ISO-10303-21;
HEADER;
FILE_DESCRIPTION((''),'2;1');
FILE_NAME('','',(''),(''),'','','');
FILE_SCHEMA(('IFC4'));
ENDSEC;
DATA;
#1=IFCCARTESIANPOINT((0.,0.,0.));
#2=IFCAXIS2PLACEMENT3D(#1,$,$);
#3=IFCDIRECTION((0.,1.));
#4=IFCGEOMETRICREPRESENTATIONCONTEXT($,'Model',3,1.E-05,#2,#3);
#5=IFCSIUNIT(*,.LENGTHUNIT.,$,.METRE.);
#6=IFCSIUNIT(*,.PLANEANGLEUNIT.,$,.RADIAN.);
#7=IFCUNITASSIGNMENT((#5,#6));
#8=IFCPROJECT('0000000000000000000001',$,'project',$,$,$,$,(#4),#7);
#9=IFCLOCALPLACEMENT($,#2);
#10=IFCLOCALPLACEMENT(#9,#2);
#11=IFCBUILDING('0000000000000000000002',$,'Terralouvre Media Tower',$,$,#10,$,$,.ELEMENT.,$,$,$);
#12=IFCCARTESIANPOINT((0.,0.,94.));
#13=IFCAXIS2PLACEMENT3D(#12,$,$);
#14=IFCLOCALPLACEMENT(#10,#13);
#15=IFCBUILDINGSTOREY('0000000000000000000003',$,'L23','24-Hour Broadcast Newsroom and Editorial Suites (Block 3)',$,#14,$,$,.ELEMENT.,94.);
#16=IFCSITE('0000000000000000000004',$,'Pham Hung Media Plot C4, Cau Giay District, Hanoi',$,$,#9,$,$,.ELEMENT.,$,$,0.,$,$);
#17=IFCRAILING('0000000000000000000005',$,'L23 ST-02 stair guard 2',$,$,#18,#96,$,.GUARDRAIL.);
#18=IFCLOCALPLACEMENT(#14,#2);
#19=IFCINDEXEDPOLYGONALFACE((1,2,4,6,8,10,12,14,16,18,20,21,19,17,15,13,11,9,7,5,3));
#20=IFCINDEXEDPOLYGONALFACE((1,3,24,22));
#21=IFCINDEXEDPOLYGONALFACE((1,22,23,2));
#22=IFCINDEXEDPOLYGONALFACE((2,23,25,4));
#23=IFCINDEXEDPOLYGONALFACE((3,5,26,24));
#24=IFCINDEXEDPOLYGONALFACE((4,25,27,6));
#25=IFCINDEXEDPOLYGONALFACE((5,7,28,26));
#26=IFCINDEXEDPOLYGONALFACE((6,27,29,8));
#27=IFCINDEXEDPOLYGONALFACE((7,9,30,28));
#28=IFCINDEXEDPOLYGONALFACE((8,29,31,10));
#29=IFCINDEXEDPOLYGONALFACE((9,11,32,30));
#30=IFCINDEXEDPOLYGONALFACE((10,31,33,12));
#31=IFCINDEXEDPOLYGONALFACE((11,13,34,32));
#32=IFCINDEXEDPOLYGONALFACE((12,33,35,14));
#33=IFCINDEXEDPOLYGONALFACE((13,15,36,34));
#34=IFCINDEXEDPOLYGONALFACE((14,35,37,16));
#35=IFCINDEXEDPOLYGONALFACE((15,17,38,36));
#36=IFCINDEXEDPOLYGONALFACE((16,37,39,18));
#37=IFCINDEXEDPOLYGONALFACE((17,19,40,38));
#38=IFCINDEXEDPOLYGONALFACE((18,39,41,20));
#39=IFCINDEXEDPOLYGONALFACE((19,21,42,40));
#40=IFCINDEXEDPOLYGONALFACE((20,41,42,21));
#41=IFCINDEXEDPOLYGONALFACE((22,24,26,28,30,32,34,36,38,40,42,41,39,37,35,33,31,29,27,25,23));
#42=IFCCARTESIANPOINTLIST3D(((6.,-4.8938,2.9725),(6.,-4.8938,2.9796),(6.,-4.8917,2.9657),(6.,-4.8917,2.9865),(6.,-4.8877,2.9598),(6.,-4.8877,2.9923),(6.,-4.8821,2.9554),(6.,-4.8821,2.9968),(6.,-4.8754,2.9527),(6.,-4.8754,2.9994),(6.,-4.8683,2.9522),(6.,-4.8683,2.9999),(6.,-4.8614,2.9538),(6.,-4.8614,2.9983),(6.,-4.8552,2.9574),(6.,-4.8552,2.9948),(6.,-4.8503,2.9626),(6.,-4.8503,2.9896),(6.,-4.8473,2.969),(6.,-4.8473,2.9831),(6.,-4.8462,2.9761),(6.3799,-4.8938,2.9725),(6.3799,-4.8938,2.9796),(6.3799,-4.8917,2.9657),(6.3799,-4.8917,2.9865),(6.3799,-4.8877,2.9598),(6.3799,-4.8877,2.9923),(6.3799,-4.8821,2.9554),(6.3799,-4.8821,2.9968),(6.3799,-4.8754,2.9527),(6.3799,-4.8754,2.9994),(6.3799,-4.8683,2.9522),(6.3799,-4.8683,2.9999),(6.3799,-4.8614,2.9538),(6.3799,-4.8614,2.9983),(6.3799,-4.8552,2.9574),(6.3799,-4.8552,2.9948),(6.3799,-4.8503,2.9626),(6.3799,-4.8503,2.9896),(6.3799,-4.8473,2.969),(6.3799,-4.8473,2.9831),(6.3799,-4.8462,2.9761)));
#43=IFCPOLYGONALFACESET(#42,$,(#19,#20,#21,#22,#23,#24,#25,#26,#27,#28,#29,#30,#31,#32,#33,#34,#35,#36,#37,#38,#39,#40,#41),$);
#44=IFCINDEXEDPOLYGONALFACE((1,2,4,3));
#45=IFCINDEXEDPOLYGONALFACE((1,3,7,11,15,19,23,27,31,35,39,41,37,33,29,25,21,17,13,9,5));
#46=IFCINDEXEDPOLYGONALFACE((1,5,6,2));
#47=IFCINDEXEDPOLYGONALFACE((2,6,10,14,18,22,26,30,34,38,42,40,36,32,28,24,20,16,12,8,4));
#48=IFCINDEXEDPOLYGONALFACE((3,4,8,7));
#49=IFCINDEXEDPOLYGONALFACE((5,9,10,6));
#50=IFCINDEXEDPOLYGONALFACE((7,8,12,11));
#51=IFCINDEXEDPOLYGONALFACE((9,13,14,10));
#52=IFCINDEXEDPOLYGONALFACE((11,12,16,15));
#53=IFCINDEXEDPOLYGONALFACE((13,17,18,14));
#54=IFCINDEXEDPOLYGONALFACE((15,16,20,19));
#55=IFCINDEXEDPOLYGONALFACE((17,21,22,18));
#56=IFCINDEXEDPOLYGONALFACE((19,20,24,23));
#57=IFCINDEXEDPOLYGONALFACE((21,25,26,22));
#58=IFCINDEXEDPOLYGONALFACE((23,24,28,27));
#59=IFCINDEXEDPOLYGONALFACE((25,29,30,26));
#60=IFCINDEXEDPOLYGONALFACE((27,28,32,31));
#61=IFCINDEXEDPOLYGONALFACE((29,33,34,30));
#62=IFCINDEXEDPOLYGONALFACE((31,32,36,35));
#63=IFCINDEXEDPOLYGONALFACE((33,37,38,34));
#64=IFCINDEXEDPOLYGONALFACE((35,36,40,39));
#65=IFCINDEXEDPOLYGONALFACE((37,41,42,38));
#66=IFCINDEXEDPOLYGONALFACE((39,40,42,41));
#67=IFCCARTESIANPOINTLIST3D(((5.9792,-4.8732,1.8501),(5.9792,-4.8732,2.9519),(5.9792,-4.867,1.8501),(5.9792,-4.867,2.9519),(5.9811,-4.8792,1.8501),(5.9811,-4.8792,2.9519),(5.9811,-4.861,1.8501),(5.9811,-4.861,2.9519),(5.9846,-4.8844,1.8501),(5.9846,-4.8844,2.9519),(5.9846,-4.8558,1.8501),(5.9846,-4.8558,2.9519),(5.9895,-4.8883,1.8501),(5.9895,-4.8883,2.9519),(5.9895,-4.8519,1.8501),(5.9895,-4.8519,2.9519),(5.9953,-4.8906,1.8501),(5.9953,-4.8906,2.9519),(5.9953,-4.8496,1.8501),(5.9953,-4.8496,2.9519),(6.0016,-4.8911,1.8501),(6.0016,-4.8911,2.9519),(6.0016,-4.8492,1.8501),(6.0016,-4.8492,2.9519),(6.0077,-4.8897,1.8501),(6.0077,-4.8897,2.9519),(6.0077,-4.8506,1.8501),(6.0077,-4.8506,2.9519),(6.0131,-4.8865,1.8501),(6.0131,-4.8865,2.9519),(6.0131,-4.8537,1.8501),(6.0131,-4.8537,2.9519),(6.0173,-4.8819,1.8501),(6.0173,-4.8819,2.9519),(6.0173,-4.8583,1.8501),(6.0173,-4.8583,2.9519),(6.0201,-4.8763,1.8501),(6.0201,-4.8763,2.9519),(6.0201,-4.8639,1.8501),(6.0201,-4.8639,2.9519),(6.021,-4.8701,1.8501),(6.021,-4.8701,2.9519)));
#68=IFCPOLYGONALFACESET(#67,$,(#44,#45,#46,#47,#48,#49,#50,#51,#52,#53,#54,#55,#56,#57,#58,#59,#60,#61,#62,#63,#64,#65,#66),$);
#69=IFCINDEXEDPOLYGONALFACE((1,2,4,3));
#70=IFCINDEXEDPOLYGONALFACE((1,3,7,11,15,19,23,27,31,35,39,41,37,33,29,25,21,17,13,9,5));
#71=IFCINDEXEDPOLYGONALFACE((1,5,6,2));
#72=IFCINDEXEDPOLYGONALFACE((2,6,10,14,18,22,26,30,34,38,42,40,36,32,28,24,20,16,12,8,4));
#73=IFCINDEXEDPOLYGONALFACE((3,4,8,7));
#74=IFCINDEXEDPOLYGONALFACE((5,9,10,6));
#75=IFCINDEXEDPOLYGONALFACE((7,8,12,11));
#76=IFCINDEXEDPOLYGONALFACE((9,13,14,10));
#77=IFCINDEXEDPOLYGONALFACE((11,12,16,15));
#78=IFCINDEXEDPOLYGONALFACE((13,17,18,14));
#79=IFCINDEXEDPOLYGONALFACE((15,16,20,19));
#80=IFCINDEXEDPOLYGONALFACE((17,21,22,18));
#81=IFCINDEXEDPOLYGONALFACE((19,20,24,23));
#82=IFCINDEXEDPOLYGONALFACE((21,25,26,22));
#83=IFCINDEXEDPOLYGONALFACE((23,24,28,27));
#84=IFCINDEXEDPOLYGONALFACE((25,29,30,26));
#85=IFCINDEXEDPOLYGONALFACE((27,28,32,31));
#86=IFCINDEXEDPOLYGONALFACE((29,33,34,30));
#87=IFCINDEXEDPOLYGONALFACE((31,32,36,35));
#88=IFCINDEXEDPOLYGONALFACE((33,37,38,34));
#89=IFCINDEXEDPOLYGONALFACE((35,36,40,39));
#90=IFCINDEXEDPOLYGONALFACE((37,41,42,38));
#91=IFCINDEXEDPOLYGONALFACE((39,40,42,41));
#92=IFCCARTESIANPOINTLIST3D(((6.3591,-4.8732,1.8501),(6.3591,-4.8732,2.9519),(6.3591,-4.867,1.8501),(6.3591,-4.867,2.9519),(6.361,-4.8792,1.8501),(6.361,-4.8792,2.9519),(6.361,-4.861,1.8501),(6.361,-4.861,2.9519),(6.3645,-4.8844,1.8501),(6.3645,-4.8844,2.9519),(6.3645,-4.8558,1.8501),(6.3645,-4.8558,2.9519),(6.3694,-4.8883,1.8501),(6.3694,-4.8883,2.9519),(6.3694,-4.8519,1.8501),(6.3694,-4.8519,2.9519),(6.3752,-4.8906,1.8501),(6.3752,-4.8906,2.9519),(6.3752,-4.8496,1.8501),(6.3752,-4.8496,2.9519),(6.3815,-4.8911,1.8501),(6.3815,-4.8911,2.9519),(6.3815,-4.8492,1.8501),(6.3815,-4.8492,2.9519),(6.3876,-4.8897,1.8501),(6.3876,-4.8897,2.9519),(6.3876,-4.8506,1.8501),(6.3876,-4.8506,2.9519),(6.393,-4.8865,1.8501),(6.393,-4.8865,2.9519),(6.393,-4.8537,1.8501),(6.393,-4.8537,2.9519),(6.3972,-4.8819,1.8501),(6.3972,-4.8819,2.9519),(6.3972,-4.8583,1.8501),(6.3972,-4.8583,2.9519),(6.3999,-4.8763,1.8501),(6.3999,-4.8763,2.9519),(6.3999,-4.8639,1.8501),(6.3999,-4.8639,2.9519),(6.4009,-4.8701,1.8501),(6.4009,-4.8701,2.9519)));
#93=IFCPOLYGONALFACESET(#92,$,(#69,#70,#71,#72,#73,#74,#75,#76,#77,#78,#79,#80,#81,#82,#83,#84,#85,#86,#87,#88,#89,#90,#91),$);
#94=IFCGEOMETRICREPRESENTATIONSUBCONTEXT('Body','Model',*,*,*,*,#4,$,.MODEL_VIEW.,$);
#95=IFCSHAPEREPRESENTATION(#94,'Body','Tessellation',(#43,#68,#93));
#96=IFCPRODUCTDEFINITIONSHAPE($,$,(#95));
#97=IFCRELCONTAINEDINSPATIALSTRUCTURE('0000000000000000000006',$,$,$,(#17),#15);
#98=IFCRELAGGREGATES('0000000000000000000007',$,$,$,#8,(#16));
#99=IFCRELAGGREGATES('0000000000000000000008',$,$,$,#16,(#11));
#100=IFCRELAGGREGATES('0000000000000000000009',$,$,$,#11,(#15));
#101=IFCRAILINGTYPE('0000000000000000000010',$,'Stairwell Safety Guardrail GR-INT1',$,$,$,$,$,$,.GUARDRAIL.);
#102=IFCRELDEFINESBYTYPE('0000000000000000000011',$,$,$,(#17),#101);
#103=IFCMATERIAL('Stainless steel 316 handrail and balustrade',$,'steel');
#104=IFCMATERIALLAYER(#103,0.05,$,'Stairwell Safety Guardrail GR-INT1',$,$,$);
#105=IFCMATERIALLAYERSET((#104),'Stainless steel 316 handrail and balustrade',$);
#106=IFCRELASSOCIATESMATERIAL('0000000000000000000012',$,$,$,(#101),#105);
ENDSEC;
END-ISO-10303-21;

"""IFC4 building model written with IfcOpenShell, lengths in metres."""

from ifc_helpers import new_model, si_unit, direction, frame, origin, origin_2d, place, context, subcontext, project, spatial, circle, extrude, material, layer, layer_set, type_object, element, save


model = new_model("IFC4")

# Units and contexts
model_context = context("Model", 3, precision=1e-05, world=origin(), true_north=direction((0.0, 1.0)))
body_context = subcontext(model_context, "Body", "Model", "MODEL_VIEW")
ifc_project = project(units=[si_unit("LENGTHUNIT", "METRE"), si_unit("PLANEANGLEUNIT", "RADIAN")], contexts=[model_context])

# Site, building, storey
site_placement = place(None, origin())
site = spatial("IfcSite", under=ifc_project, at=site_placement, Name="Pham Hung Media Plot C4, Cau Giay District, Hanoi", CompositionType="ELEMENT", RefElevation=0.0)
building_placement = place(site_placement, origin())
building = spatial("IfcBuilding", under=site, at=building_placement, Name="Terralouvre Media Tower", CompositionType="ELEMENT")
storey_placement = place(building_placement, frame((0.0, 0.0, 94.0)))
storey = spatial("IfcBuildingStorey", under=building, at=storey_placement, Name="L23", Description="24-Hour Broadcast Newsroom and Editorial Suites (Block 3)", CompositionType="ELEMENT", Elevation=94.0)

# Railing
ifc_material_1 = material(Name="Stainless steel 316 handrail and balustrade", Category="steel")
ifc_layer_1 = layer(ifc_material_1, 0.05, Name="Stairwell Safety Guardrail GR-INT1")
ifc_layer_set_1 = layer_set([ifc_layer_1], Name="Stainless steel 316 handrail and balustrade")
railing_type_1 = type_object("IfcRailingType", Name="Stairwell Safety Guardrail GR-INT1", PredefinedType="GUARDRAIL", material=ifc_layer_set_1)
railing_1_placement = place(storey_placement, frame((6.0, -4.8701, 1.8501)))
element("IfcRailing", 1, at=railing_1_placement, inside=storey, type_object=railing_type_1, Name="L23 ST-02 stair guard 2", PredefinedType="GUARDRAIL", context=body_context, shape_type="SweptSolid", body=[
    extrude(circle(Radius=0.0239, at=origin_2d()), frame((0.0, 0.0, 1.126), z_axis=(1.0, 0.0, 0.0), x_axis=(0.0, 1.0, 0.0)), (0.0, 0.0, 1.0), 0.3799),
    extrude(circle(Radius=0.021, at=origin_2d()), origin(), (0.0, 0.0, 1.0), 1.1018),
    extrude(circle(Radius=0.021, at=origin_2d()), frame((0.3799, 0.0, 0.0)), (0.0, 0.0, 1.0), 1.1018),
])

save(model, "model.ifc")
